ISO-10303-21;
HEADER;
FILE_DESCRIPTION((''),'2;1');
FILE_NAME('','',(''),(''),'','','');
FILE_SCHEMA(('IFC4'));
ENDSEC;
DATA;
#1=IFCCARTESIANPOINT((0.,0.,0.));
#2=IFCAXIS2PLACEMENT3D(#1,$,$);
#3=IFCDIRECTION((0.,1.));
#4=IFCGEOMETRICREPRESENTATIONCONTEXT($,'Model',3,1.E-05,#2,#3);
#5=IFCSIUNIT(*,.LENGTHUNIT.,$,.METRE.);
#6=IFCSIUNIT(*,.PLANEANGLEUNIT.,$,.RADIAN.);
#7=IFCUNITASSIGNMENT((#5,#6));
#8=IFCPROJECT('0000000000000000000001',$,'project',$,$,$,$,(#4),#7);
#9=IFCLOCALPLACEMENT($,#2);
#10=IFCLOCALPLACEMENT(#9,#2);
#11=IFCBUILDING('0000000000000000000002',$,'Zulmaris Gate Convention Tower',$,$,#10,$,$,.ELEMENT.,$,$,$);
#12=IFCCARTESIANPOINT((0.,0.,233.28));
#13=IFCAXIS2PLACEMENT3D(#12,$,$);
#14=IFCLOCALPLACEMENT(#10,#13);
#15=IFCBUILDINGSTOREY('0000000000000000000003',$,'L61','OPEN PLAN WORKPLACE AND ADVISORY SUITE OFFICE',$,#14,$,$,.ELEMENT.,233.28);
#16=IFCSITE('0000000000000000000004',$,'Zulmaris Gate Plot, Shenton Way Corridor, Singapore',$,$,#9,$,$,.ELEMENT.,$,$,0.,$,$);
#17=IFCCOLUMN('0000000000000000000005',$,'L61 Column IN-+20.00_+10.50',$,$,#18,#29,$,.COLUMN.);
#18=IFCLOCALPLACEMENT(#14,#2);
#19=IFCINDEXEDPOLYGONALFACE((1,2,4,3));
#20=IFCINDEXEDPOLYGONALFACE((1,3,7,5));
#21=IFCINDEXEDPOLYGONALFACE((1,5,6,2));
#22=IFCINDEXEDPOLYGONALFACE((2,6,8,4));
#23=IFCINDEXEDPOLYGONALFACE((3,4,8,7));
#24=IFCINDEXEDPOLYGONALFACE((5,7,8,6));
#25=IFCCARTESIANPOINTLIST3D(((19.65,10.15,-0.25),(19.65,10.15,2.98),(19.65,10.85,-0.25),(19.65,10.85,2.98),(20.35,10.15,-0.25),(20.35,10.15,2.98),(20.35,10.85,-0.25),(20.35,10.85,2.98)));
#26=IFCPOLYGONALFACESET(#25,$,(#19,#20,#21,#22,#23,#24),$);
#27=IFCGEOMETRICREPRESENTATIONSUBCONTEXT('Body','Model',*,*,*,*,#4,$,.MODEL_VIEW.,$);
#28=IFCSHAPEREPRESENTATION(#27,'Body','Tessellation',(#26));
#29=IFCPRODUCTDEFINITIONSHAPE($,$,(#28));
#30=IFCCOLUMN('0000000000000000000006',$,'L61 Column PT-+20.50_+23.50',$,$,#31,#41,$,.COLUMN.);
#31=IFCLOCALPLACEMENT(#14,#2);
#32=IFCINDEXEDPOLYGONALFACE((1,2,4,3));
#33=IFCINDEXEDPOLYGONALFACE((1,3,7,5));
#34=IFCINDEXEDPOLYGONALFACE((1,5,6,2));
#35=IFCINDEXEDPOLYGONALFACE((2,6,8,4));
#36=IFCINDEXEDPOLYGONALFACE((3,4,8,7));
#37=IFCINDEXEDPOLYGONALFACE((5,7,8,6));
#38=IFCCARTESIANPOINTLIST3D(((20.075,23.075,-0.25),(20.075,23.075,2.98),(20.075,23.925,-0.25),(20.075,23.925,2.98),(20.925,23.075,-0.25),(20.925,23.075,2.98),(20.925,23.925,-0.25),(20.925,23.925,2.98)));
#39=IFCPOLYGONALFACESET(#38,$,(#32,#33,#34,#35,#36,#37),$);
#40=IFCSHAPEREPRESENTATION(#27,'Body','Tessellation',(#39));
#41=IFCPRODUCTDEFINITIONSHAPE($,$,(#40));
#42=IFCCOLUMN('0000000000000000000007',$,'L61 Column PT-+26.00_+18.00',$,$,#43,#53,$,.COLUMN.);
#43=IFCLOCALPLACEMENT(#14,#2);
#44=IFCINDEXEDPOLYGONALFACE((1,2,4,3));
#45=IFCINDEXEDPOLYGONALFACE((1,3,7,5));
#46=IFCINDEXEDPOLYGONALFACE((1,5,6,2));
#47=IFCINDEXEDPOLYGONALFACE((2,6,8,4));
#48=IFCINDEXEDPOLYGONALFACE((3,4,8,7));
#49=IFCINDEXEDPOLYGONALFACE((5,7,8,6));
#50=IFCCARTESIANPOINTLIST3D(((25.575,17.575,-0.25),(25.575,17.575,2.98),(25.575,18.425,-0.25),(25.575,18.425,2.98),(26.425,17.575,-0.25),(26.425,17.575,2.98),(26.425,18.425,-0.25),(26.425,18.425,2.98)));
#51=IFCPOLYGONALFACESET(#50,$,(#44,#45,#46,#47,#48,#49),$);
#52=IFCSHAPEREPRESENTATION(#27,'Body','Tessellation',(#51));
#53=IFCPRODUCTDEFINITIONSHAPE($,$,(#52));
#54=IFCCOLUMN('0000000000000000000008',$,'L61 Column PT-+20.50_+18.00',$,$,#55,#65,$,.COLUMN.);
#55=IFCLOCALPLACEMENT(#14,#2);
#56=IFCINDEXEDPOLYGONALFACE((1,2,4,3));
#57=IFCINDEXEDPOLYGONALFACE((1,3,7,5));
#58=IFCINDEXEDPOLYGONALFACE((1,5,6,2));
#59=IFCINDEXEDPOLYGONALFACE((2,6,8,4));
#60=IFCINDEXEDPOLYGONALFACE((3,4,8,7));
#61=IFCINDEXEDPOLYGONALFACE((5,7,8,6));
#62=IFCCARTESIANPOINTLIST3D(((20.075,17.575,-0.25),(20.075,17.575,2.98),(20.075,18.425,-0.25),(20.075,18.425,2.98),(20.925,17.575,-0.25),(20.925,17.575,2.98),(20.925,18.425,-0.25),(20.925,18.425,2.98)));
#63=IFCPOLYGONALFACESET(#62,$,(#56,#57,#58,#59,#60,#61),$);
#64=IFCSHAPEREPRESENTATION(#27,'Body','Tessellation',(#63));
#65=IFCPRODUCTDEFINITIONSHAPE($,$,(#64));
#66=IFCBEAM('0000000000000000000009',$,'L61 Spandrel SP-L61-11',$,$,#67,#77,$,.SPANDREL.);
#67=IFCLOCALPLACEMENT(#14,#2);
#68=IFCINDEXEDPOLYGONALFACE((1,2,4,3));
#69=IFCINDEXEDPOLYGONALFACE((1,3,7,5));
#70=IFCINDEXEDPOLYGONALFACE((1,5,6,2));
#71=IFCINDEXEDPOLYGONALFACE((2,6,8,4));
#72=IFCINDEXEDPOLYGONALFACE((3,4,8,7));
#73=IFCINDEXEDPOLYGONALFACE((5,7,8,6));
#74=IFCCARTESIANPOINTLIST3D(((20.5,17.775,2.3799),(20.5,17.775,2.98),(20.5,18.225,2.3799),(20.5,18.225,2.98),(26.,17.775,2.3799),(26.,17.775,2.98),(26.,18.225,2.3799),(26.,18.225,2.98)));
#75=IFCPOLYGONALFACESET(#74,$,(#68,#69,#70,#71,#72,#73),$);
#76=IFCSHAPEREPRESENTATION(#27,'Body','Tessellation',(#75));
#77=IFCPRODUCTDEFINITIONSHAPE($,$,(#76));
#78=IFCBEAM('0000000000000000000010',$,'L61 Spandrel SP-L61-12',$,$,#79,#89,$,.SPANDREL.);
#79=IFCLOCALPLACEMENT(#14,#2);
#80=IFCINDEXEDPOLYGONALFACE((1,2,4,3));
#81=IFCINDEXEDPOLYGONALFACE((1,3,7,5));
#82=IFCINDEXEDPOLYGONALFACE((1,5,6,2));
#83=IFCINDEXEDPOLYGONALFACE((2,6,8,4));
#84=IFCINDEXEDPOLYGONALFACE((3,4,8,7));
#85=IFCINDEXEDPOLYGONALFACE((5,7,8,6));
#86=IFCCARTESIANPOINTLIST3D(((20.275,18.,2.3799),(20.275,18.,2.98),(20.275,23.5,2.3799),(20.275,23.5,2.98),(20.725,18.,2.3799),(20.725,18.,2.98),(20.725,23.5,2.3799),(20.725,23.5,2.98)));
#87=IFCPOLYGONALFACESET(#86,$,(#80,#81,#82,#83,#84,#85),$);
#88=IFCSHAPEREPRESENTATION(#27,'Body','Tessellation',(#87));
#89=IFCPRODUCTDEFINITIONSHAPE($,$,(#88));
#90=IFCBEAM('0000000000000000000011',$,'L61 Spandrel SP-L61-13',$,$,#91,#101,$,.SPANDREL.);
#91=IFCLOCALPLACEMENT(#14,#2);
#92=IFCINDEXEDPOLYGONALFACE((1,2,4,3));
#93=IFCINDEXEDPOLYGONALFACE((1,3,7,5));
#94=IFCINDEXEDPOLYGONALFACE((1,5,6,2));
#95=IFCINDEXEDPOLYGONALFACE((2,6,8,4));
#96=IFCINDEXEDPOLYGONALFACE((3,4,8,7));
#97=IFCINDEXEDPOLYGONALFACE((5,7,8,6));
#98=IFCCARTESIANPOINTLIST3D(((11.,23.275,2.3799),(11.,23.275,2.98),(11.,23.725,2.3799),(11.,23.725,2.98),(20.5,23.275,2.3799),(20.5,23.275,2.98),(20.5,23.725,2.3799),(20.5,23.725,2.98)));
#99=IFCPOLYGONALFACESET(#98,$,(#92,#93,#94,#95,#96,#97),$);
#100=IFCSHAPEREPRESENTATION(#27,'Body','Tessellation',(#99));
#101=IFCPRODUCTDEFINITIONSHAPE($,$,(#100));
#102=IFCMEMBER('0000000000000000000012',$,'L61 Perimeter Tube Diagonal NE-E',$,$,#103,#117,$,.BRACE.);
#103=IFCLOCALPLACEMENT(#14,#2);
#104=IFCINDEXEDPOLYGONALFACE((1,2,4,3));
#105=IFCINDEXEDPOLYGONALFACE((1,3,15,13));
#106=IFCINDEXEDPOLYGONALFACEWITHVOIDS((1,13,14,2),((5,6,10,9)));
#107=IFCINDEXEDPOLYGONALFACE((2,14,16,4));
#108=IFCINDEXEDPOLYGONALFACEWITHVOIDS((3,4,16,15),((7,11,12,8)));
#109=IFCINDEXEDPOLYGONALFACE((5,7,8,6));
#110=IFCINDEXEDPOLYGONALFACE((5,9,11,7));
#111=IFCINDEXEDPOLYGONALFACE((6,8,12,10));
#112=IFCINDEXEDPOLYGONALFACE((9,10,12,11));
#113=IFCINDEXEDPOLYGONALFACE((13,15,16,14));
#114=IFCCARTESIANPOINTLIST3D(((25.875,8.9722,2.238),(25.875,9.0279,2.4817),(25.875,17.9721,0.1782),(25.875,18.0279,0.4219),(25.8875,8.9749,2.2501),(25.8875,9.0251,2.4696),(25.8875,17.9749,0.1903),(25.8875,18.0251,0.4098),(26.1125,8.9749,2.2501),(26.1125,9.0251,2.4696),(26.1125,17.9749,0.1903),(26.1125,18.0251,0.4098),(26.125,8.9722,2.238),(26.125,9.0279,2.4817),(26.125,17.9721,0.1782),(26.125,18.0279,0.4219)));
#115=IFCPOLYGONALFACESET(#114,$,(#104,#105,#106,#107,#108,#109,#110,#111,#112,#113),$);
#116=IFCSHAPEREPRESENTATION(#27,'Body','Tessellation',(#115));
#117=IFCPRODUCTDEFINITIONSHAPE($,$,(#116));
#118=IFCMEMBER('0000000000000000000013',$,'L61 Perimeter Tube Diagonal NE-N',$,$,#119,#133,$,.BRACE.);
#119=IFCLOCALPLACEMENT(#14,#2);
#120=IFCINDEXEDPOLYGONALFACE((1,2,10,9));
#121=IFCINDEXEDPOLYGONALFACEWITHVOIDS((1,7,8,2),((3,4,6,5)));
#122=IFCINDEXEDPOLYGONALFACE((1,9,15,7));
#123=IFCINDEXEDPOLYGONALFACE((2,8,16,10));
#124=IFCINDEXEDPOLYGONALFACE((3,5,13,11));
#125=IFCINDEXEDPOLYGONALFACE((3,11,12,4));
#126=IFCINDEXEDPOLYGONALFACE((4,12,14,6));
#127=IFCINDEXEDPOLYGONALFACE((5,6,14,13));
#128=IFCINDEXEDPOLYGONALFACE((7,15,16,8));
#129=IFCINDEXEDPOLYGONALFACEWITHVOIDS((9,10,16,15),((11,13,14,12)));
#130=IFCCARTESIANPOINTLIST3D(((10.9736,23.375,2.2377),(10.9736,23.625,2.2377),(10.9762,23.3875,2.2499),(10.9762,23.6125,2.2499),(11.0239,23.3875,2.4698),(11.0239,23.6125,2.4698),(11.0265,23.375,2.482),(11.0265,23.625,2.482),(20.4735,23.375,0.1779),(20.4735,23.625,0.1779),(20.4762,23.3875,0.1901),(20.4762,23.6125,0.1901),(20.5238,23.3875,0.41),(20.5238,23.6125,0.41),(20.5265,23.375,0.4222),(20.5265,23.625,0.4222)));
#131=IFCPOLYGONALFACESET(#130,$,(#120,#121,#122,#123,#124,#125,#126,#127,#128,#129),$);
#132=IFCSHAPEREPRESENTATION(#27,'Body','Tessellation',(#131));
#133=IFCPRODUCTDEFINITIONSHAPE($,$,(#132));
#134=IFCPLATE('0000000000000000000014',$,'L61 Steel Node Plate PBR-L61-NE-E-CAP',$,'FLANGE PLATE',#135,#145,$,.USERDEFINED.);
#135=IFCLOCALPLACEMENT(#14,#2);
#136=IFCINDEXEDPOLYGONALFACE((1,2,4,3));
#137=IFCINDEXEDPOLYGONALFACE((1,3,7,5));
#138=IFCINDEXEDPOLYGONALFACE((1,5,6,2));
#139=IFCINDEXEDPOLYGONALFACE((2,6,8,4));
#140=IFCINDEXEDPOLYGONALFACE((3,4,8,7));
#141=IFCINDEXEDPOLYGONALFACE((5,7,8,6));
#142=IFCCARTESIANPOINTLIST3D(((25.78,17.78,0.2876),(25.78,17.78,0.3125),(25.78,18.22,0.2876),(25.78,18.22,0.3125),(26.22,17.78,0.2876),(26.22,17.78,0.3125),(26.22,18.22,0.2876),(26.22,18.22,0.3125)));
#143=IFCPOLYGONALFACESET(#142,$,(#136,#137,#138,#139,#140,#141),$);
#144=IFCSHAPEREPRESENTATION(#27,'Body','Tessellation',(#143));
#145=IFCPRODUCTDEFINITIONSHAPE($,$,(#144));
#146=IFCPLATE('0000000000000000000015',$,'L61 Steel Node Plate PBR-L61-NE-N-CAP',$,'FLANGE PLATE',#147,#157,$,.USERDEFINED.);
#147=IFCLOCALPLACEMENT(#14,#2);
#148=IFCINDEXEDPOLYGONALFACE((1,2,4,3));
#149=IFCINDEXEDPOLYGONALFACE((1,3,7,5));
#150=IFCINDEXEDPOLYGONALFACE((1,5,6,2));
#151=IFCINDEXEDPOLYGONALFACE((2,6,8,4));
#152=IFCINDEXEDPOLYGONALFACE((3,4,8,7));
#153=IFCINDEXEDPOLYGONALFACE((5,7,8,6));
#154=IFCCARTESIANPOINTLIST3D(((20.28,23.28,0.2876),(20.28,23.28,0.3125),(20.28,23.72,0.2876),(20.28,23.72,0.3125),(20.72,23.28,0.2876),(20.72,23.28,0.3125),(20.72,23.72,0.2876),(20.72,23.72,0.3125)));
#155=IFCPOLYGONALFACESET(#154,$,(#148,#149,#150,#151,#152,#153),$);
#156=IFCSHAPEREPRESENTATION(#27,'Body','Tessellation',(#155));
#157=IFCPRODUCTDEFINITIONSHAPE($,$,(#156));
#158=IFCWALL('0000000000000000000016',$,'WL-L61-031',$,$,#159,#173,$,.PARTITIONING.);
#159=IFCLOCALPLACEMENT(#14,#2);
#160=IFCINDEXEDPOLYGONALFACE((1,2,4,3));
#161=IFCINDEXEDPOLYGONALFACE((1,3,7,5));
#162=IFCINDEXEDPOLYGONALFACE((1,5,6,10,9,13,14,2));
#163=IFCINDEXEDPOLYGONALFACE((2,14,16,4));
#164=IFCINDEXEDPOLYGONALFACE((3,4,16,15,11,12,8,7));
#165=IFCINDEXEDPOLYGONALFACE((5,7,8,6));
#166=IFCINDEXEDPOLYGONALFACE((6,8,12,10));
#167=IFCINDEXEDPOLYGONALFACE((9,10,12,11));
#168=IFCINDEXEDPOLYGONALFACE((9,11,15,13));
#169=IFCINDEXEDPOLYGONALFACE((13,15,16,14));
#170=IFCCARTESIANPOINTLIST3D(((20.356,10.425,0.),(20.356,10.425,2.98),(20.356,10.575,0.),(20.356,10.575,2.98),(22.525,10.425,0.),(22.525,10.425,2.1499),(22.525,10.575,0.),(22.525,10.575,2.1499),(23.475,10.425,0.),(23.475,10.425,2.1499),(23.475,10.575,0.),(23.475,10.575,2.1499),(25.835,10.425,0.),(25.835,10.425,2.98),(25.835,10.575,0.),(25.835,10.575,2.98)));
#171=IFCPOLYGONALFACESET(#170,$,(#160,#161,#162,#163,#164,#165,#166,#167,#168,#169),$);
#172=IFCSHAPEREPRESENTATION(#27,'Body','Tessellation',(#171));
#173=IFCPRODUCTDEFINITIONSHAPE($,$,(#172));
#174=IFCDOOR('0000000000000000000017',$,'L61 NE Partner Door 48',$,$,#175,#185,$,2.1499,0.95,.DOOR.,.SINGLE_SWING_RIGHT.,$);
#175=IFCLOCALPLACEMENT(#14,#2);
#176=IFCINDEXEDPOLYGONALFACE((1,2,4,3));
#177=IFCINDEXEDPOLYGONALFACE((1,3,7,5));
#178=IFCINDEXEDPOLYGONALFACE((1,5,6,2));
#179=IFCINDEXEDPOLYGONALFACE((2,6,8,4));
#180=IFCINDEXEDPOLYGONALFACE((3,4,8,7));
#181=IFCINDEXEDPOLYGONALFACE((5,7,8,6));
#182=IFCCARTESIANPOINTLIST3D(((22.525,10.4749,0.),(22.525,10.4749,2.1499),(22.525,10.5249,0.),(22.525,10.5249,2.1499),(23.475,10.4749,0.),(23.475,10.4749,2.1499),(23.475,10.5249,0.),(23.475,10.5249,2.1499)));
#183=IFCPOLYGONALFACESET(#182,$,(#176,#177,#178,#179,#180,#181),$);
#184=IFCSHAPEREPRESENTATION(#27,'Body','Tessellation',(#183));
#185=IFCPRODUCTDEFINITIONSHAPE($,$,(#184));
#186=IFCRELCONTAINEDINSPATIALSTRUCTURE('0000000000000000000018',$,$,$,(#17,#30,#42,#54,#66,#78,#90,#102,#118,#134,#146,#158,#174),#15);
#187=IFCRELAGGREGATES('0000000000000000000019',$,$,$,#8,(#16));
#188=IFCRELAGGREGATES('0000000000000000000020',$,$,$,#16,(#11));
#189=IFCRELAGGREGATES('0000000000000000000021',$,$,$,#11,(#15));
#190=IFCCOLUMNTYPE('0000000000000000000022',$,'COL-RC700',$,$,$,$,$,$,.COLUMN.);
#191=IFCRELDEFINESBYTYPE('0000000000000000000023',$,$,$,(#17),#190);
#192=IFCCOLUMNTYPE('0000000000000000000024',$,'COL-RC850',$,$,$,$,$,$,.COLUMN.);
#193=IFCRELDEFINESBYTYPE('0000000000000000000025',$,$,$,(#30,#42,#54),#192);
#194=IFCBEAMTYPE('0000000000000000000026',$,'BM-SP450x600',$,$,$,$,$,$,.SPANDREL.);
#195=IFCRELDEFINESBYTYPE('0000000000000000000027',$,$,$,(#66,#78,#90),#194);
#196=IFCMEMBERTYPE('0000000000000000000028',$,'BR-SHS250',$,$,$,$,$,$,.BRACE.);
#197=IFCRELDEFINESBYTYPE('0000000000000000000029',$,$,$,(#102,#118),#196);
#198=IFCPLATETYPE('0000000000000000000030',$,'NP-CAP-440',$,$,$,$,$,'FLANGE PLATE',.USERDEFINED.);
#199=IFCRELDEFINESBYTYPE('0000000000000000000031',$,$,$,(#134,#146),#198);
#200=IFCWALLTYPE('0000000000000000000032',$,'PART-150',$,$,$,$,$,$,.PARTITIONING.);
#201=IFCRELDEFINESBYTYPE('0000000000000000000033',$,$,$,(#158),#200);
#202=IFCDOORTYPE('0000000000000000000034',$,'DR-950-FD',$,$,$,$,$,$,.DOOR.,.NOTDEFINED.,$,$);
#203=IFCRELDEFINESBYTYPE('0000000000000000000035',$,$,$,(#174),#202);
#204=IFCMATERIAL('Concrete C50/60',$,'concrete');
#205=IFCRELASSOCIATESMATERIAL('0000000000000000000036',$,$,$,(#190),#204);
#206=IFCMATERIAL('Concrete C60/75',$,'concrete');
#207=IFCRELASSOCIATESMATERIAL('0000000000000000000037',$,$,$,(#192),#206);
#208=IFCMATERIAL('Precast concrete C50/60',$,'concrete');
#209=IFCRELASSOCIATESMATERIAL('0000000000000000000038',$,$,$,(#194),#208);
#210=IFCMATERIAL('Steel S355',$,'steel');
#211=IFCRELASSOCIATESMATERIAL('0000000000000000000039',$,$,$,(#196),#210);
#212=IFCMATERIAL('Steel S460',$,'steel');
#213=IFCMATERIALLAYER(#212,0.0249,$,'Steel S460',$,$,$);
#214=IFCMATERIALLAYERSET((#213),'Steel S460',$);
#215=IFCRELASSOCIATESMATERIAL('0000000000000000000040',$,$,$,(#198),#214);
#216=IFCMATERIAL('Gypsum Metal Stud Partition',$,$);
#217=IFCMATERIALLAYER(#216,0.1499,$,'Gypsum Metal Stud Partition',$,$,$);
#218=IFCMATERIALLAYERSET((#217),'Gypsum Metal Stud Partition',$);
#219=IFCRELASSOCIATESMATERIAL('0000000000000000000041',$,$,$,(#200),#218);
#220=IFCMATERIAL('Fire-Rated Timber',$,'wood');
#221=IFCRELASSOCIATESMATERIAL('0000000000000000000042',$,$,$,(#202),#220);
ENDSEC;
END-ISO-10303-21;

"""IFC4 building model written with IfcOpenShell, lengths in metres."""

from ifc_helpers import new_model, si_unit, direction, frame, frame_2d, origin, origin_2d, place, context, subcontext, project, spatial, rectangle, hollow_rectangle, extrude, material, layer, layer_set, material_profile, profile_set, type_object, element, fill, save


model = new_model("IFC4")

# Units and contexts
model_context = context("Model", 3, precision=1e-05, world=origin(), true_north=direction((0.0, 1.0)))
body_context = subcontext(model_context, "Body", "Model", "MODEL_VIEW")
ifc_project = project(units=[si_unit("LENGTHUNIT", "METRE"), si_unit("PLANEANGLEUNIT", "RADIAN")], contexts=[model_context])

# Site, building, storey
site_placement = place(None, origin())
site = spatial("IfcSite", under=ifc_project, at=site_placement, Name="Zulmaris Gate Plot, Shenton Way Corridor, Singapore", CompositionType="ELEMENT", RefElevation=0.0)
building_placement = place(site_placement, origin())
building = spatial("IfcBuilding", under=site, at=building_placement, Name="Zulmaris Gate Convention Tower", CompositionType="ELEMENT")
storey_placement = place(building_placement, frame((0.0, 0.0, 233.28)))
storey = spatial("IfcBuildingStorey", under=building, at=storey_placement, Name="L61", Description="OPEN PLAN WORKPLACE AND ADVISORY SUITE OFFICE", CompositionType="ELEMENT", Elevation=233.28)

# Columns
ifc_material_1 = material(Name="Concrete C50/60", Category="concrete")
ifc_material_profile_1 = material_profile(ifc_material_1, rectangle(XDim=0.7, YDim=0.7, at=origin_2d()), Name="RC COL 700x700")
ifc_profile_set_1 = profile_set([ifc_material_profile_1], Name="Concrete C50/60")
column_type_1 = type_object("IfcColumnType", Name="COL-RC700", PredefinedType="COLUMN", material=ifc_profile_set_1)
column_placement = place(storey_placement, frame((20.0, 10.5, -0.25), z_axis=(0.0, 0.0, 1.0), x_axis=(1.0, 0.0, 0.0)))
element("IfcColumn", 1, at=column_placement, inside=storey, type_object=column_type_1, Name="L61 Column IN-+20.00_+10.50", PredefinedType="COLUMN", context=body_context, shape_type="SweptSolid", body=[
    extrude(rectangle(XDim=0.7, YDim=0.7, at=origin_2d()), origin(), (0.0, 0.0, 1.0), 3.23),
])
ifc_material_2 = material(Name="Concrete C60/75", Category="concrete")
ifc_material_profile_2 = material_profile(ifc_material_2, rectangle(XDim=0.8501, YDim=0.8501, at=origin_2d()), Name="RC COL 850x850")
ifc_profile_set_2 = profile_set([ifc_material_profile_2], Name="Concrete C60/75")
column_type_2 = type_object("IfcColumnType", Name="COL-RC850", PredefinedType="COLUMN", material=ifc_profile_set_2)
for number, where, z_axis, x_axis, name in (
    (2, (20.5, 23.5, -0.25), (0.0, 0.0, 1.0), (1.0, 0.0, 0.0), "L61 Column PT-+20.50_+23.50"),
    (3, (26.0, 18.0, -0.25), (0.0, 0.0, 1.0), (1.0, 0.0, 0.0), "L61 Column PT-+26.00_+18.00"),
    (4, (20.5, 18.0, -0.25), (0.0, 0.0, 1.0), (1.0, 0.0, 0.0), "L61 Column PT-+20.50_+18.00"),
):
    element("IfcColumn", number, at=place(storey_placement, frame(where, z_axis=z_axis, x_axis=x_axis)), inside=storey, type_object=column_type_2, Name=name, PredefinedType="COLUMN", context=body_context, shape_type="SweptSolid", body=[
        extrude(rectangle(XDim=0.8501, YDim=0.8501, at=origin_2d()), origin(), (0.0, 0.0, 1.0), 3.23),
    ])

# Beams
ifc_material_3 = material(Name="Precast concrete C50/60", Category="concrete")
ifc_material_profile_3 = material_profile(ifc_material_3, rectangle(XDim=0.45, YDim=0.6001, at=origin_2d()), Name="RC SPANDREL 450x600")
ifc_profile_set_3 = profile_set([ifc_material_profile_3], Name="Precast concrete C50/60")
beam_type = type_object("IfcBeamType", Name="BM-SP450x600", PredefinedType="SPANDREL", material=ifc_profile_set_3)
for number, where, z_axis, x_axis, name in (
    (5, (26.0, 18.0, 2.6799), (-1.0, 0.0, 0.0), (0.0, -1.0, 0.0), "L61 Spandrel SP-L61-11"),
    (6, (20.5, 18.0, 2.6799), (0.0, 1.0, 0.0), (-1.0, 0.0, 0.0), "L61 Spandrel SP-L61-12"),
):
    element("IfcBeam", number, at=place(storey_placement, frame(where, z_axis=z_axis, x_axis=x_axis)), inside=storey, type_object=beam_type, Name=name, PredefinedType="SPANDREL", context=body_context, shape_type="SweptSolid", body=[
        extrude(rectangle(XDim=0.45, YDim=0.6001, at=origin_2d()), origin(), (0.0, 0.0, 1.0), 5.5),
    ])
beam_placement = place(storey_placement, frame((20.5, 23.5, 2.6799), z_axis=(-1.0, 0.0, 0.0), x_axis=(0.0, -1.0, 0.0)))
element("IfcBeam", 7, at=beam_placement, inside=storey, type_object=beam_type, Name="L61 Spandrel SP-L61-13", PredefinedType="SPANDREL", context=body_context, shape_type="SweptSolid", body=[
    extrude(rectangle(XDim=0.45, YDim=0.6001, at=origin_2d()), origin(), (0.0, 0.0, 1.0), 9.5),
])

# Members
ifc_material_4 = material(Name="Steel S355", Category="steel")
ifc_material_profile_4 = material_profile(ifc_material_4, hollow_rectangle(XDim=0.25, YDim=0.25, WallThickness=0.0125, at=origin_2d()), Name="SHS 250x250x12.5")
ifc_profile_set_4 = profile_set([ifc_material_profile_4], Name="Steel S355")
member_type = type_object("IfcMemberType", Name="BR-SHS250", PredefinedType="BRACE", material=ifc_profile_set_4)
member_1_placement = place(storey_placement, frame((26.0, 18.0, 0.3), z_axis=(0.0, -0.974796, 0.2231), x_axis=(1.0, 0.0, 0.0)))
element("IfcMember", 8, at=member_1_placement, inside=storey, type_object=member_type, Name="L61 Perimeter Tube Diagonal NE-E", PredefinedType="BRACE", context=body_context, shape_type="SweptSolid", body=[
    extrude(hollow_rectangle(XDim=0.25, YDim=0.25, WallThickness=0.0125, at=origin_2d()), origin(), (0.0, 0.0, 1.0), 9.2327),
])
member_2_placement = place(storey_placement, frame((20.5, 23.5, 0.3), z_axis=(-0.977292, 0.0, 0.211899), x_axis=(0.0, -1.0, 0.0)))
element("IfcMember", 9, at=member_2_placement, inside=storey, type_object=member_type, Name="L61 Perimeter Tube Diagonal NE-N", PredefinedType="BRACE", context=body_context, shape_type="SweptSolid", body=[
    extrude(hollow_rectangle(XDim=0.25, YDim=0.25, WallThickness=0.0125, at=origin_2d()), origin(), (0.0, 0.0, 1.0), 9.7207),
])

# Plates
ifc_material_5 = material(Name="Steel S460", Category="steel")
ifc_layer_1 = layer(ifc_material_5, 0.0249, Name="Steel S460")
ifc_layer_set_1 = layer_set([ifc_layer_1], Name="Steel S460")
plate_type = type_object("IfcPlateType", Name="NP-CAP-440", ElementType="FLANGE PLATE", PredefinedType="USERDEFINED", material=ifc_layer_set_1)
for number, where, z_axis, x_axis, name in (
    (10, (26.0, 18.0, 0.2876), (0.0, 0.0, 1.0), (1.0, 0.0, 0.0), "L61 Steel Node Plate PBR-L61-NE-E-CAP"),
    (11, (20.5, 23.5, 0.2876), (0.0, 0.0, 1.0), (1.0, 0.0, 0.0), "L61 Steel Node Plate PBR-L61-NE-N-CAP"),
):
    element("IfcPlate", number, at=place(storey_placement, frame(where, z_axis=z_axis, x_axis=x_axis)), inside=storey, type_object=plate_type, Name=name, ObjectType="FLANGE PLATE", PredefinedType="USERDEFINED", context=body_context, shape_type="SweptSolid", body=[
        extrude(rectangle(XDim=0.4399, YDim=0.4399, at=origin_2d()), origin(), (0.0, 0.0, 1.0), 0.0249),
    ])

# Wall, opening, door
ifc_material_6 = material(Name="Gypsum Metal Stud Partition")
ifc_layer_2 = layer(ifc_material_6, 0.1499, Name="Gypsum Metal Stud Partition")
ifc_layer_set_2 = layer_set([ifc_layer_2], Name="Gypsum Metal Stud Partition")
wall_type_1 = type_object("IfcWallType", Name="PART-150", PredefinedType="PARTITIONING", material=ifc_layer_set_2)
wall_1_placement = place(storey_placement, frame((20.356, 10.5, 0.0), z_axis=(0.0, 0.0, 1.0), x_axis=(1.0, 0.0, 0.0)))
wall_1 = element("IfcWall", 12, at=wall_1_placement, inside=storey, type_object=wall_type_1, Name="WL-L61-031", PredefinedType="PARTITIONING", context=body_context, shape_type="SweptSolid", body=[
    extrude(rectangle(XDim=5.479, YDim=0.1499, at=frame_2d((2.7395, 0.0))), origin(), (0.0, 0.0, 1.0), 2.98),
])
opening_1_placement = place(wall_1_placement, frame((2.1689, 0.0, 0.0)))
opening_1 = element("IfcOpeningElement", 13, at=opening_1_placement, cuts=wall_1, PredefinedType="OPENING", context=body_context, shape_type="SweptSolid", body=[
    extrude(rectangle(XDim=0.95, YDim=2.1499, at=frame_2d((0.4751, 1.075))), frame((0.0, 0.085, 0.0), z_axis=(0.0, -1.0, 0.0), x_axis=(1.0, 0.0, 0.0)), (0.0, 0.0, 1.0), 0.1699),
])
ifc_material_7 = material(Name="Fire-Rated Timber", Category="wood")
door_type_1 = type_object("IfcDoorType", Name="DR-950-FD", OperationType="NOTDEFINED", PredefinedType="DOOR", material=ifc_material_7)
door_1_placement = place(opening_1_placement, origin())
door_1 = element("IfcDoor", 14, at=door_1_placement, inside=storey, type_object=door_type_1, Name="L61 NE Partner Door 48", OperationType="SINGLE_SWING_RIGHT", OverallHeight=2.1499, OverallWidth=0.95, PredefinedType="DOOR", context=body_context, shape_type="SweptSolid", body=[
    extrude(rectangle(XDim=0.95, YDim=2.1499, at=frame_2d((0.4751, 1.075))), frame((0.0, 0.0249, 0.0), z_axis=(0.0, -1.0, 0.0), x_axis=(1.0, 0.0, 0.0)), (0.0, 0.0, 1.0), 0.05),
])
fill(opening_1, door_1)

save(model, "model.ifc")
